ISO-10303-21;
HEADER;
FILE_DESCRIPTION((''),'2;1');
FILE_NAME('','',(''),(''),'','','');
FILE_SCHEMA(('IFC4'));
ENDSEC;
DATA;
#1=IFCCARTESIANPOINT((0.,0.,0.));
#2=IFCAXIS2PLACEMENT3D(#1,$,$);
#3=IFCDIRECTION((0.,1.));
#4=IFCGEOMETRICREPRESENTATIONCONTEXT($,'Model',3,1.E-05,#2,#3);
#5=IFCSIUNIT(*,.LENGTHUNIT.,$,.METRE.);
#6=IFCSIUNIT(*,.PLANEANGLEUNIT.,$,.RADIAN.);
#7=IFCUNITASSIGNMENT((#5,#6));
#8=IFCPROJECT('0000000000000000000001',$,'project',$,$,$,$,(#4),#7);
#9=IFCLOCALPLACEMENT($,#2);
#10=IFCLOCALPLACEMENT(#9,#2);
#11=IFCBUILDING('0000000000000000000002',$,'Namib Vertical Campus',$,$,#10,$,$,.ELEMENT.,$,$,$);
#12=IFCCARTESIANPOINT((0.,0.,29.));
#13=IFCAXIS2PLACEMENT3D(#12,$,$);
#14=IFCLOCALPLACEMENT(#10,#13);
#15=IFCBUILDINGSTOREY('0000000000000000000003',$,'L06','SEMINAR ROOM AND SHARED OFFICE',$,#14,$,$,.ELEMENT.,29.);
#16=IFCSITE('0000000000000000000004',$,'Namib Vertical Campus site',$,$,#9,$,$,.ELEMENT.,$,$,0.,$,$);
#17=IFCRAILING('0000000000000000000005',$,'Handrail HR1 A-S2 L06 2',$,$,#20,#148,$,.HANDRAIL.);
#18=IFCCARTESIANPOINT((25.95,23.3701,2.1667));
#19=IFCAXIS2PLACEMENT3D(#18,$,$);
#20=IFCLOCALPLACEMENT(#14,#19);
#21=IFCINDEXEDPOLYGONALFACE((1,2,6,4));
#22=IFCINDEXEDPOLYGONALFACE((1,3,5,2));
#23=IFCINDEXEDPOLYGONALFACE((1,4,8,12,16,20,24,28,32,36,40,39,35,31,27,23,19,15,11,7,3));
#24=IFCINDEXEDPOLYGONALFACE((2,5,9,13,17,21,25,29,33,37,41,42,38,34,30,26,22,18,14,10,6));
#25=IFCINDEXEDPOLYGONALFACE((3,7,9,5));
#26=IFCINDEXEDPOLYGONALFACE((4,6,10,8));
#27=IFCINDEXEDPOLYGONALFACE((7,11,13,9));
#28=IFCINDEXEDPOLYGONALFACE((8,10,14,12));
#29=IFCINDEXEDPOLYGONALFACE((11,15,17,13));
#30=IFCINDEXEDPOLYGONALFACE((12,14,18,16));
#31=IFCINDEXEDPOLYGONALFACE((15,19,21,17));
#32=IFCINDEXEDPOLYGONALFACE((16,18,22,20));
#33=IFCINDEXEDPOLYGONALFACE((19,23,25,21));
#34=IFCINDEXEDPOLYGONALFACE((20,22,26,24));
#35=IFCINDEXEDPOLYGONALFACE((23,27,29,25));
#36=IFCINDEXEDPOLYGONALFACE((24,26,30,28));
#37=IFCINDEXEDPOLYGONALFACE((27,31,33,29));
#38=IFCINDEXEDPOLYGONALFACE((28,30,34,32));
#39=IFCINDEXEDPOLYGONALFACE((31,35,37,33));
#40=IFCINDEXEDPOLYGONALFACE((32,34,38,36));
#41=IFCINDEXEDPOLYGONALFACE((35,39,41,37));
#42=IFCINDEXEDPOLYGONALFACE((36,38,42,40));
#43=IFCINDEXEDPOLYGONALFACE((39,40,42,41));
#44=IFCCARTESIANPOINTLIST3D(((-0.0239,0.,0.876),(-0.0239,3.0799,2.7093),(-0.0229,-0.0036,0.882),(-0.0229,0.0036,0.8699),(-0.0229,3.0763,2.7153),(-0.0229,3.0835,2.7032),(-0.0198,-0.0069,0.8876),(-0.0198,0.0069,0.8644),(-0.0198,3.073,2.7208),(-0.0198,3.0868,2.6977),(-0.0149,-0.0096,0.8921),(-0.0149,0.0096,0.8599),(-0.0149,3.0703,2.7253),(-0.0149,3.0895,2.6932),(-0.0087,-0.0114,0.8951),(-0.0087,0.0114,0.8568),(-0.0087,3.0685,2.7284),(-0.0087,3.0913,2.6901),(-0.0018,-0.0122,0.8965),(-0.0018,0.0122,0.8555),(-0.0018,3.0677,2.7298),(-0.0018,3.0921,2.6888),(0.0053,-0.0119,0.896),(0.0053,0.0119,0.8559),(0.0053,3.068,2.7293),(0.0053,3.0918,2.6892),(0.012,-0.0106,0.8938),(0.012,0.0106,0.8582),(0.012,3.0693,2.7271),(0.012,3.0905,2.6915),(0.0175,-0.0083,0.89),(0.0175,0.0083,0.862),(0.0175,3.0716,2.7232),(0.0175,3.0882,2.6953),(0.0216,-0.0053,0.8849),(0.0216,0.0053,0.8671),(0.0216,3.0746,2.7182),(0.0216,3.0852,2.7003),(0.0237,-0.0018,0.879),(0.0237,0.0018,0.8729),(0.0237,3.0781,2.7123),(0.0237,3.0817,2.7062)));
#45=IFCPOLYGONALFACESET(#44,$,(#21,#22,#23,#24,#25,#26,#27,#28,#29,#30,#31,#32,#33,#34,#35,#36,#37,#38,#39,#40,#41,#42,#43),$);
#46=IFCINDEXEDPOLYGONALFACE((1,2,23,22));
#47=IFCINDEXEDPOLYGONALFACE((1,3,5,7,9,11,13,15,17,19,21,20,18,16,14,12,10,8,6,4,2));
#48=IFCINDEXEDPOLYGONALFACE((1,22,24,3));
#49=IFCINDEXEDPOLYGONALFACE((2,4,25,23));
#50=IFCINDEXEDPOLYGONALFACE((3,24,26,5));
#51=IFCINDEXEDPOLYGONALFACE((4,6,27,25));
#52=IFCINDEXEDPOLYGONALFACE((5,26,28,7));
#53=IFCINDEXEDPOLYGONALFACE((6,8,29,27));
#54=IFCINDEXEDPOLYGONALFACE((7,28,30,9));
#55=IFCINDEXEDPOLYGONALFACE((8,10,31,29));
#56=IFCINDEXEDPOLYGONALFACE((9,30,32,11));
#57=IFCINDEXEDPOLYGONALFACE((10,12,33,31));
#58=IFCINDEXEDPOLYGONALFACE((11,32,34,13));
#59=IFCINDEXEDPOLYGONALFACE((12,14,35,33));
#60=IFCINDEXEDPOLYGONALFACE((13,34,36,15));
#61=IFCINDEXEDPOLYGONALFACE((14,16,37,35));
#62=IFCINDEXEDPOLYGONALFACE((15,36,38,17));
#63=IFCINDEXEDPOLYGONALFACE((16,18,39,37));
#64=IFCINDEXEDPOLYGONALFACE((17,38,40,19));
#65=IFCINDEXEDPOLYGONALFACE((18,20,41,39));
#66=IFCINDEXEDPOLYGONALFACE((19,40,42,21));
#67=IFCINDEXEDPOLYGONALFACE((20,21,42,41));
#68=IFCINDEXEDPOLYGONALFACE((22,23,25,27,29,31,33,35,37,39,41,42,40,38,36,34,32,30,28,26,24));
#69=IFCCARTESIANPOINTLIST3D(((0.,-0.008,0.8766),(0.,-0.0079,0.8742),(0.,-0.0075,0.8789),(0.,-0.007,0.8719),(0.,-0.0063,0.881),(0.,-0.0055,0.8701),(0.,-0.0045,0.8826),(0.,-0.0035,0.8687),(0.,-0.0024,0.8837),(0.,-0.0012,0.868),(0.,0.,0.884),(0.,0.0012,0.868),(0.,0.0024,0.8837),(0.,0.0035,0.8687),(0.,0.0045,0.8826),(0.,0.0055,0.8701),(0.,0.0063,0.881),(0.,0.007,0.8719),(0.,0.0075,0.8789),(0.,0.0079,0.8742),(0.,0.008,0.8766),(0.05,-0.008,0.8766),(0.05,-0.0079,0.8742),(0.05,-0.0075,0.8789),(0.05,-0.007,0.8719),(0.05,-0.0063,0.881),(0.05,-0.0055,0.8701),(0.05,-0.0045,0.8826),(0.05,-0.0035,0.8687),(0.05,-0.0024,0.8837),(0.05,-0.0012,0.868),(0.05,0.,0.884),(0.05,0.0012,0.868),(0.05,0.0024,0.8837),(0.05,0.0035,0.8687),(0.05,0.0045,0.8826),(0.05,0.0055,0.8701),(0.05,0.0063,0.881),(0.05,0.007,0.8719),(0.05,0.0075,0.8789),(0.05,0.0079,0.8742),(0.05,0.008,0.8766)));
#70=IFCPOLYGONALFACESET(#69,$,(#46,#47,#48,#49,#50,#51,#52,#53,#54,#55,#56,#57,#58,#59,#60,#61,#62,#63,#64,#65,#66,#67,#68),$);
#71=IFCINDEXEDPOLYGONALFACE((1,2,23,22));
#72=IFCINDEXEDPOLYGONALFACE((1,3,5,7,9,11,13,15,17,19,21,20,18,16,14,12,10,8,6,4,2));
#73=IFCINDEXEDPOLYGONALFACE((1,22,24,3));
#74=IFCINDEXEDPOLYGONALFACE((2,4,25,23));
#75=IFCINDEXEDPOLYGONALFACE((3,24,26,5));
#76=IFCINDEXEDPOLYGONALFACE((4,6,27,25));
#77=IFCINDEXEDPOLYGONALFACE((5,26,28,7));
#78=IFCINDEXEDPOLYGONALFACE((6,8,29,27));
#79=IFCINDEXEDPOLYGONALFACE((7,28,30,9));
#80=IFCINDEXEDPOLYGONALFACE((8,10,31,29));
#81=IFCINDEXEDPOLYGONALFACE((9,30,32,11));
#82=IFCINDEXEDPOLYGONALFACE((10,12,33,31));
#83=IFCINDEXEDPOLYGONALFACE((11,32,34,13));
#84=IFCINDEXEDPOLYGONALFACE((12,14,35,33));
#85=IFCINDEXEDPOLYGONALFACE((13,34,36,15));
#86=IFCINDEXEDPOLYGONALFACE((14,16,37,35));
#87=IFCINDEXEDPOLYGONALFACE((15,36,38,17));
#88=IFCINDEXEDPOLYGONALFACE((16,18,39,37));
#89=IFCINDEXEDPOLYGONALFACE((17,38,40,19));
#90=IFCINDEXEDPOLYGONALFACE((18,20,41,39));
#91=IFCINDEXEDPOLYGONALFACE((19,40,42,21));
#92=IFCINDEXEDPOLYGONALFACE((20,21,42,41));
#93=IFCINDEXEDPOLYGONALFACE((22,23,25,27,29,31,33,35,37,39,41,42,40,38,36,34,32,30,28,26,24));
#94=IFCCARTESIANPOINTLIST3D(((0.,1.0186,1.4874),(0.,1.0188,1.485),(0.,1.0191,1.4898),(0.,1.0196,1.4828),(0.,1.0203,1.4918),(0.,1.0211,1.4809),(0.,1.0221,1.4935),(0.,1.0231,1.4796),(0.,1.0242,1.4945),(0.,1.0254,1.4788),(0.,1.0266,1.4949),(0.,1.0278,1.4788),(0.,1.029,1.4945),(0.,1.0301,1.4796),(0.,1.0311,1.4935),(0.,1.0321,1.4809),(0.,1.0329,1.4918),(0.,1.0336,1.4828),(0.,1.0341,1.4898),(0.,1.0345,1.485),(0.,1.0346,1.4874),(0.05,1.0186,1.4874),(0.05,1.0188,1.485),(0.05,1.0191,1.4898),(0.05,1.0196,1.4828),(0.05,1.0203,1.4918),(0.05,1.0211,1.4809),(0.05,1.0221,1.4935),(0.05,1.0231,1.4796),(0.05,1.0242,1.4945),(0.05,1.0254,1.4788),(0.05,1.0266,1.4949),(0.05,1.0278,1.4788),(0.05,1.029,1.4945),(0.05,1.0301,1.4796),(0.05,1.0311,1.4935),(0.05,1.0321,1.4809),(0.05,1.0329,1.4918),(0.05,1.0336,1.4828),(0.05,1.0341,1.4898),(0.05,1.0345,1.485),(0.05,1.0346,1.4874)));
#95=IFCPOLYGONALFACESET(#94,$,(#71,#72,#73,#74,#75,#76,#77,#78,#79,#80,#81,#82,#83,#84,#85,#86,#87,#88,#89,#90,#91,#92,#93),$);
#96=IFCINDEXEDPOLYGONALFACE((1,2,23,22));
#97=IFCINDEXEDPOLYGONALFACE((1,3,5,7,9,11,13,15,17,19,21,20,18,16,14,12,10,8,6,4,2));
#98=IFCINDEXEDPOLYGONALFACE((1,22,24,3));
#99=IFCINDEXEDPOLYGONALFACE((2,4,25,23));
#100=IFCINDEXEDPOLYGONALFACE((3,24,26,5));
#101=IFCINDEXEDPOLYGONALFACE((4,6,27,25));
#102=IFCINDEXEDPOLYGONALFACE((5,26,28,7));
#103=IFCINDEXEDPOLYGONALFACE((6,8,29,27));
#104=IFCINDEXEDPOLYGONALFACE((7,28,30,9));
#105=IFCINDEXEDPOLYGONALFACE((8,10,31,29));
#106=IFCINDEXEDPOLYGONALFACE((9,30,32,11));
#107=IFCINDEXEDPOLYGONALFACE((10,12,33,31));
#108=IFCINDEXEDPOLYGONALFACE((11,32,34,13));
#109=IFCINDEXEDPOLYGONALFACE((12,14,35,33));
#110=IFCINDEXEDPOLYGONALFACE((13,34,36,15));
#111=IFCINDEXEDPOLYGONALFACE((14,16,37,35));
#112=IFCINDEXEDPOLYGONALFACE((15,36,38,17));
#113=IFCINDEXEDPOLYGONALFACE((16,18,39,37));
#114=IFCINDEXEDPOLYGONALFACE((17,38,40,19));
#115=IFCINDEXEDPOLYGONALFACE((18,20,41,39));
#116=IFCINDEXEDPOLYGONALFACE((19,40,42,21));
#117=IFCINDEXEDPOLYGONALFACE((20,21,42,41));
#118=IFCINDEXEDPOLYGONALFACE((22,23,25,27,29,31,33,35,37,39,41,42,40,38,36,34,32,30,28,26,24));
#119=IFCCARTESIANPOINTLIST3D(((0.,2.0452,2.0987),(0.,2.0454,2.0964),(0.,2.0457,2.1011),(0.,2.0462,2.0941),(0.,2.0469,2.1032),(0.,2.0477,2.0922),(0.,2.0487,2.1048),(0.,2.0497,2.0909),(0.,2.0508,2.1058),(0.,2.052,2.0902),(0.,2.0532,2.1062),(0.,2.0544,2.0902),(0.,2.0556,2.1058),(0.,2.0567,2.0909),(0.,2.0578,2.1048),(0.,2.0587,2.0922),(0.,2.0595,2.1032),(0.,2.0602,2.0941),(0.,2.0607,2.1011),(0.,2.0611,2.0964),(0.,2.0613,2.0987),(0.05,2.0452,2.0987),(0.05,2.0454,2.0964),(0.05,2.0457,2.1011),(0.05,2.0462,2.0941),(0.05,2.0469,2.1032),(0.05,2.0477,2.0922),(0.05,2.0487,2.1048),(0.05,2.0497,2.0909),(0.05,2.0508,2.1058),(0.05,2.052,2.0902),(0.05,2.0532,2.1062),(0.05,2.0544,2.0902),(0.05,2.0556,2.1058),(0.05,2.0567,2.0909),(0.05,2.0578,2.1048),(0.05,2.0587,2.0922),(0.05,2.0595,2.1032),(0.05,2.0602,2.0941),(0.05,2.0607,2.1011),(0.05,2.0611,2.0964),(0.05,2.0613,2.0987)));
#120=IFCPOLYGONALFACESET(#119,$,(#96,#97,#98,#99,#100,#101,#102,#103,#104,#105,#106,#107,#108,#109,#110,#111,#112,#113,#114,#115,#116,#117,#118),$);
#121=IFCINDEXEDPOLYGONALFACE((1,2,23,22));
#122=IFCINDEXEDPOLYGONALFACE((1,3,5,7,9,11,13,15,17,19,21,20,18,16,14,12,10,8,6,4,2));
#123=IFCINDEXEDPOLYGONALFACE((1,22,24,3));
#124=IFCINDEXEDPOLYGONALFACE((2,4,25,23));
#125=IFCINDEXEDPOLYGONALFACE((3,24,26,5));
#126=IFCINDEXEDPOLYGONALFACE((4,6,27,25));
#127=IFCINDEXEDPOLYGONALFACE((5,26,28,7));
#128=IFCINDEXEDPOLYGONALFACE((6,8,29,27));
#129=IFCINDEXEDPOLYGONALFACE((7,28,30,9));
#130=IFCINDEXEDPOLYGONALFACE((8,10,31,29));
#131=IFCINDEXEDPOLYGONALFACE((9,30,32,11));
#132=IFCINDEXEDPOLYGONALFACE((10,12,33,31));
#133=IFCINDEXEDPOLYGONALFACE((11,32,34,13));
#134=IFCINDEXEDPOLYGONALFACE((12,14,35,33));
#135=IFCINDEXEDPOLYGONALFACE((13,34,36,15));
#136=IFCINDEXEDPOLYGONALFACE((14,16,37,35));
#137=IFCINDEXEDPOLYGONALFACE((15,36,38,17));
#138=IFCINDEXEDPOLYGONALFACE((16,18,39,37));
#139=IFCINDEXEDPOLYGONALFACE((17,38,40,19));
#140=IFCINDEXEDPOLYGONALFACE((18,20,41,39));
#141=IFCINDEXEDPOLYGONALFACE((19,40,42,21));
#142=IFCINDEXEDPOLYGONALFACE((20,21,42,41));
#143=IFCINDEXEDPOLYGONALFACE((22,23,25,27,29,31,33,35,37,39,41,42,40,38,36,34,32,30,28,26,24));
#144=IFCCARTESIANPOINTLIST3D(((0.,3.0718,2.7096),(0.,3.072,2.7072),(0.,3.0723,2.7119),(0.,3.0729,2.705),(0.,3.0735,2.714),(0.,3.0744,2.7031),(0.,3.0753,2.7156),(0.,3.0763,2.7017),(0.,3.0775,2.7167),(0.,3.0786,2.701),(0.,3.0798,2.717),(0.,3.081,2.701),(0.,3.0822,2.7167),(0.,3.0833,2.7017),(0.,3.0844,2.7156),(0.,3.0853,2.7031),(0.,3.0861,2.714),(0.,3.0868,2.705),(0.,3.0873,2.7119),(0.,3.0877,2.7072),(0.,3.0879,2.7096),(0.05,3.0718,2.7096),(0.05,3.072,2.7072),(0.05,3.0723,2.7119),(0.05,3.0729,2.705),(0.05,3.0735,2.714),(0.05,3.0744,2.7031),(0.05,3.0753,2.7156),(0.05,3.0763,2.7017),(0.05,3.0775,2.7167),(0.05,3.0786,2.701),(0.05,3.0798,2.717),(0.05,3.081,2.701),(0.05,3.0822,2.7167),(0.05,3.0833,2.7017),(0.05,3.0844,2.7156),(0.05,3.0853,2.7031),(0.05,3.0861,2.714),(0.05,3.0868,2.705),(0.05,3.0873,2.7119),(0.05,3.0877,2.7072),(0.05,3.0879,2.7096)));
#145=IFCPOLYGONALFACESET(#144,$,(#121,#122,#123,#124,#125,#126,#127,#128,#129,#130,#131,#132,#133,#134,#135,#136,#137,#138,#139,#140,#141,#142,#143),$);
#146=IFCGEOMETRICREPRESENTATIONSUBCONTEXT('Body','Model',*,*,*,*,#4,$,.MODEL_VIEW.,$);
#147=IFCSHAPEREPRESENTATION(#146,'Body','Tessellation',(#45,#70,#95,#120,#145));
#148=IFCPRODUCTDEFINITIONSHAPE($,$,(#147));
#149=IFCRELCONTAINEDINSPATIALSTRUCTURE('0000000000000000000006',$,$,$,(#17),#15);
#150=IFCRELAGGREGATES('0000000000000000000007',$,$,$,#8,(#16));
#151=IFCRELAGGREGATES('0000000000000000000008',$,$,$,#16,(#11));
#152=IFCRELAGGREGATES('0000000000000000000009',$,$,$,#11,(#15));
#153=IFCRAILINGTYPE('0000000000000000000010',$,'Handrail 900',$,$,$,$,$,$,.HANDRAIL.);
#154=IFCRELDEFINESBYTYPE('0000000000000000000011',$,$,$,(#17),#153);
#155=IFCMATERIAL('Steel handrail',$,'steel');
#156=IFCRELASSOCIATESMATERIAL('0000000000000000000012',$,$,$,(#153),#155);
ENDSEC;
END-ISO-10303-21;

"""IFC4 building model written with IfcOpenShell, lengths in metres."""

from ifc_helpers import new_model, si_unit, direction, frame, origin, origin_2d, place, context, subcontext, project, spatial, circle, extrude, material, type_object, element, save


model = new_model("IFC4")

# Units and contexts
model_context = context("Model", 3, precision=1e-05, world=origin(), true_north=direction((0.0, 1.0)))
body_context = subcontext(model_context, "Body", "Model", "MODEL_VIEW")
ifc_project = project(units=[si_unit("LENGTHUNIT", "METRE"), si_unit("PLANEANGLEUNIT", "RADIAN")], contexts=[model_context])

# Site, building, storey
site_placement = place(None, origin())
site = spatial("IfcSite", under=ifc_project, at=site_placement, Name="Namib Vertical Campus site", CompositionType="ELEMENT", RefElevation=0.0)
building_placement = place(site_placement, origin())
building = spatial("IfcBuilding", under=site, at=building_placement, Name="Namib Vertical Campus", CompositionType="ELEMENT")
storey_placement = place(building_placement, frame((0.0, 0.0, 29.0)))
storey = spatial("IfcBuildingStorey", under=building, at=storey_placement, Name="L06", Description="SEMINAR ROOM AND SHARED OFFICE", CompositionType="ELEMENT", Elevation=29.0)

# Railing
ifc_material_1 = material(Name="Steel handrail", Category="steel")
railing_type_1 = type_object("IfcRailingType", Name="Handrail 900", PredefinedType="HANDRAIL", material=ifc_material_1)
railing_1_placement = place(storey_placement, frame((25.95, 23.3701, 2.1667)))
element("IfcRailing", 1, at=railing_1_placement, inside=storey, type_object=railing_type_1, Name="Handrail HR1 A-S2 L06 2", PredefinedType="HANDRAIL", context=body_context, shape_type="SweptSolid", body=[
    extrude(circle(Radius=0.0239, at=origin_2d()), frame((0.0, 0.0, 0.876), z_axis=(0.0, 0.859291, 0.511487), x_axis=(-1.0, 0.0, 0.0)), (0.0, 0.0, 1.0), 3.5842),
    extrude(circle(Radius=0.0081, at=origin_2d()), frame((0.0, 0.0, 0.876), z_axis=(1.0, 0.0, 0.0), x_axis=(0.0, 0.0, 1.0)), (0.0, 0.0, 1.0), 0.05),
    extrude(circle(Radius=0.0081, at=origin_2d()), frame((0.0, 1.0266, 1.4868), z_axis=(1.0, 0.0, 0.0), x_axis=(0.0, 0.0, 1.0)), (0.0, 0.0, 1.0), 0.05),
    extrude(circle(Radius=0.0081, at=origin_2d()), frame((0.0, 2.0532, 2.0981), z_axis=(1.0, 0.0, 0.0), x_axis=(0.0, 0.0, 1.0)), (0.0, 0.0, 1.0), 0.05),
    extrude(circle(Radius=0.0081, at=origin_2d()), frame((0.0, 3.0798, 2.709), z_axis=(1.0, 0.0, 0.0), x_axis=(0.0, 0.0, 1.0)), (0.0, 0.0, 1.0), 0.05),
])

save(model, "model.ifc")
